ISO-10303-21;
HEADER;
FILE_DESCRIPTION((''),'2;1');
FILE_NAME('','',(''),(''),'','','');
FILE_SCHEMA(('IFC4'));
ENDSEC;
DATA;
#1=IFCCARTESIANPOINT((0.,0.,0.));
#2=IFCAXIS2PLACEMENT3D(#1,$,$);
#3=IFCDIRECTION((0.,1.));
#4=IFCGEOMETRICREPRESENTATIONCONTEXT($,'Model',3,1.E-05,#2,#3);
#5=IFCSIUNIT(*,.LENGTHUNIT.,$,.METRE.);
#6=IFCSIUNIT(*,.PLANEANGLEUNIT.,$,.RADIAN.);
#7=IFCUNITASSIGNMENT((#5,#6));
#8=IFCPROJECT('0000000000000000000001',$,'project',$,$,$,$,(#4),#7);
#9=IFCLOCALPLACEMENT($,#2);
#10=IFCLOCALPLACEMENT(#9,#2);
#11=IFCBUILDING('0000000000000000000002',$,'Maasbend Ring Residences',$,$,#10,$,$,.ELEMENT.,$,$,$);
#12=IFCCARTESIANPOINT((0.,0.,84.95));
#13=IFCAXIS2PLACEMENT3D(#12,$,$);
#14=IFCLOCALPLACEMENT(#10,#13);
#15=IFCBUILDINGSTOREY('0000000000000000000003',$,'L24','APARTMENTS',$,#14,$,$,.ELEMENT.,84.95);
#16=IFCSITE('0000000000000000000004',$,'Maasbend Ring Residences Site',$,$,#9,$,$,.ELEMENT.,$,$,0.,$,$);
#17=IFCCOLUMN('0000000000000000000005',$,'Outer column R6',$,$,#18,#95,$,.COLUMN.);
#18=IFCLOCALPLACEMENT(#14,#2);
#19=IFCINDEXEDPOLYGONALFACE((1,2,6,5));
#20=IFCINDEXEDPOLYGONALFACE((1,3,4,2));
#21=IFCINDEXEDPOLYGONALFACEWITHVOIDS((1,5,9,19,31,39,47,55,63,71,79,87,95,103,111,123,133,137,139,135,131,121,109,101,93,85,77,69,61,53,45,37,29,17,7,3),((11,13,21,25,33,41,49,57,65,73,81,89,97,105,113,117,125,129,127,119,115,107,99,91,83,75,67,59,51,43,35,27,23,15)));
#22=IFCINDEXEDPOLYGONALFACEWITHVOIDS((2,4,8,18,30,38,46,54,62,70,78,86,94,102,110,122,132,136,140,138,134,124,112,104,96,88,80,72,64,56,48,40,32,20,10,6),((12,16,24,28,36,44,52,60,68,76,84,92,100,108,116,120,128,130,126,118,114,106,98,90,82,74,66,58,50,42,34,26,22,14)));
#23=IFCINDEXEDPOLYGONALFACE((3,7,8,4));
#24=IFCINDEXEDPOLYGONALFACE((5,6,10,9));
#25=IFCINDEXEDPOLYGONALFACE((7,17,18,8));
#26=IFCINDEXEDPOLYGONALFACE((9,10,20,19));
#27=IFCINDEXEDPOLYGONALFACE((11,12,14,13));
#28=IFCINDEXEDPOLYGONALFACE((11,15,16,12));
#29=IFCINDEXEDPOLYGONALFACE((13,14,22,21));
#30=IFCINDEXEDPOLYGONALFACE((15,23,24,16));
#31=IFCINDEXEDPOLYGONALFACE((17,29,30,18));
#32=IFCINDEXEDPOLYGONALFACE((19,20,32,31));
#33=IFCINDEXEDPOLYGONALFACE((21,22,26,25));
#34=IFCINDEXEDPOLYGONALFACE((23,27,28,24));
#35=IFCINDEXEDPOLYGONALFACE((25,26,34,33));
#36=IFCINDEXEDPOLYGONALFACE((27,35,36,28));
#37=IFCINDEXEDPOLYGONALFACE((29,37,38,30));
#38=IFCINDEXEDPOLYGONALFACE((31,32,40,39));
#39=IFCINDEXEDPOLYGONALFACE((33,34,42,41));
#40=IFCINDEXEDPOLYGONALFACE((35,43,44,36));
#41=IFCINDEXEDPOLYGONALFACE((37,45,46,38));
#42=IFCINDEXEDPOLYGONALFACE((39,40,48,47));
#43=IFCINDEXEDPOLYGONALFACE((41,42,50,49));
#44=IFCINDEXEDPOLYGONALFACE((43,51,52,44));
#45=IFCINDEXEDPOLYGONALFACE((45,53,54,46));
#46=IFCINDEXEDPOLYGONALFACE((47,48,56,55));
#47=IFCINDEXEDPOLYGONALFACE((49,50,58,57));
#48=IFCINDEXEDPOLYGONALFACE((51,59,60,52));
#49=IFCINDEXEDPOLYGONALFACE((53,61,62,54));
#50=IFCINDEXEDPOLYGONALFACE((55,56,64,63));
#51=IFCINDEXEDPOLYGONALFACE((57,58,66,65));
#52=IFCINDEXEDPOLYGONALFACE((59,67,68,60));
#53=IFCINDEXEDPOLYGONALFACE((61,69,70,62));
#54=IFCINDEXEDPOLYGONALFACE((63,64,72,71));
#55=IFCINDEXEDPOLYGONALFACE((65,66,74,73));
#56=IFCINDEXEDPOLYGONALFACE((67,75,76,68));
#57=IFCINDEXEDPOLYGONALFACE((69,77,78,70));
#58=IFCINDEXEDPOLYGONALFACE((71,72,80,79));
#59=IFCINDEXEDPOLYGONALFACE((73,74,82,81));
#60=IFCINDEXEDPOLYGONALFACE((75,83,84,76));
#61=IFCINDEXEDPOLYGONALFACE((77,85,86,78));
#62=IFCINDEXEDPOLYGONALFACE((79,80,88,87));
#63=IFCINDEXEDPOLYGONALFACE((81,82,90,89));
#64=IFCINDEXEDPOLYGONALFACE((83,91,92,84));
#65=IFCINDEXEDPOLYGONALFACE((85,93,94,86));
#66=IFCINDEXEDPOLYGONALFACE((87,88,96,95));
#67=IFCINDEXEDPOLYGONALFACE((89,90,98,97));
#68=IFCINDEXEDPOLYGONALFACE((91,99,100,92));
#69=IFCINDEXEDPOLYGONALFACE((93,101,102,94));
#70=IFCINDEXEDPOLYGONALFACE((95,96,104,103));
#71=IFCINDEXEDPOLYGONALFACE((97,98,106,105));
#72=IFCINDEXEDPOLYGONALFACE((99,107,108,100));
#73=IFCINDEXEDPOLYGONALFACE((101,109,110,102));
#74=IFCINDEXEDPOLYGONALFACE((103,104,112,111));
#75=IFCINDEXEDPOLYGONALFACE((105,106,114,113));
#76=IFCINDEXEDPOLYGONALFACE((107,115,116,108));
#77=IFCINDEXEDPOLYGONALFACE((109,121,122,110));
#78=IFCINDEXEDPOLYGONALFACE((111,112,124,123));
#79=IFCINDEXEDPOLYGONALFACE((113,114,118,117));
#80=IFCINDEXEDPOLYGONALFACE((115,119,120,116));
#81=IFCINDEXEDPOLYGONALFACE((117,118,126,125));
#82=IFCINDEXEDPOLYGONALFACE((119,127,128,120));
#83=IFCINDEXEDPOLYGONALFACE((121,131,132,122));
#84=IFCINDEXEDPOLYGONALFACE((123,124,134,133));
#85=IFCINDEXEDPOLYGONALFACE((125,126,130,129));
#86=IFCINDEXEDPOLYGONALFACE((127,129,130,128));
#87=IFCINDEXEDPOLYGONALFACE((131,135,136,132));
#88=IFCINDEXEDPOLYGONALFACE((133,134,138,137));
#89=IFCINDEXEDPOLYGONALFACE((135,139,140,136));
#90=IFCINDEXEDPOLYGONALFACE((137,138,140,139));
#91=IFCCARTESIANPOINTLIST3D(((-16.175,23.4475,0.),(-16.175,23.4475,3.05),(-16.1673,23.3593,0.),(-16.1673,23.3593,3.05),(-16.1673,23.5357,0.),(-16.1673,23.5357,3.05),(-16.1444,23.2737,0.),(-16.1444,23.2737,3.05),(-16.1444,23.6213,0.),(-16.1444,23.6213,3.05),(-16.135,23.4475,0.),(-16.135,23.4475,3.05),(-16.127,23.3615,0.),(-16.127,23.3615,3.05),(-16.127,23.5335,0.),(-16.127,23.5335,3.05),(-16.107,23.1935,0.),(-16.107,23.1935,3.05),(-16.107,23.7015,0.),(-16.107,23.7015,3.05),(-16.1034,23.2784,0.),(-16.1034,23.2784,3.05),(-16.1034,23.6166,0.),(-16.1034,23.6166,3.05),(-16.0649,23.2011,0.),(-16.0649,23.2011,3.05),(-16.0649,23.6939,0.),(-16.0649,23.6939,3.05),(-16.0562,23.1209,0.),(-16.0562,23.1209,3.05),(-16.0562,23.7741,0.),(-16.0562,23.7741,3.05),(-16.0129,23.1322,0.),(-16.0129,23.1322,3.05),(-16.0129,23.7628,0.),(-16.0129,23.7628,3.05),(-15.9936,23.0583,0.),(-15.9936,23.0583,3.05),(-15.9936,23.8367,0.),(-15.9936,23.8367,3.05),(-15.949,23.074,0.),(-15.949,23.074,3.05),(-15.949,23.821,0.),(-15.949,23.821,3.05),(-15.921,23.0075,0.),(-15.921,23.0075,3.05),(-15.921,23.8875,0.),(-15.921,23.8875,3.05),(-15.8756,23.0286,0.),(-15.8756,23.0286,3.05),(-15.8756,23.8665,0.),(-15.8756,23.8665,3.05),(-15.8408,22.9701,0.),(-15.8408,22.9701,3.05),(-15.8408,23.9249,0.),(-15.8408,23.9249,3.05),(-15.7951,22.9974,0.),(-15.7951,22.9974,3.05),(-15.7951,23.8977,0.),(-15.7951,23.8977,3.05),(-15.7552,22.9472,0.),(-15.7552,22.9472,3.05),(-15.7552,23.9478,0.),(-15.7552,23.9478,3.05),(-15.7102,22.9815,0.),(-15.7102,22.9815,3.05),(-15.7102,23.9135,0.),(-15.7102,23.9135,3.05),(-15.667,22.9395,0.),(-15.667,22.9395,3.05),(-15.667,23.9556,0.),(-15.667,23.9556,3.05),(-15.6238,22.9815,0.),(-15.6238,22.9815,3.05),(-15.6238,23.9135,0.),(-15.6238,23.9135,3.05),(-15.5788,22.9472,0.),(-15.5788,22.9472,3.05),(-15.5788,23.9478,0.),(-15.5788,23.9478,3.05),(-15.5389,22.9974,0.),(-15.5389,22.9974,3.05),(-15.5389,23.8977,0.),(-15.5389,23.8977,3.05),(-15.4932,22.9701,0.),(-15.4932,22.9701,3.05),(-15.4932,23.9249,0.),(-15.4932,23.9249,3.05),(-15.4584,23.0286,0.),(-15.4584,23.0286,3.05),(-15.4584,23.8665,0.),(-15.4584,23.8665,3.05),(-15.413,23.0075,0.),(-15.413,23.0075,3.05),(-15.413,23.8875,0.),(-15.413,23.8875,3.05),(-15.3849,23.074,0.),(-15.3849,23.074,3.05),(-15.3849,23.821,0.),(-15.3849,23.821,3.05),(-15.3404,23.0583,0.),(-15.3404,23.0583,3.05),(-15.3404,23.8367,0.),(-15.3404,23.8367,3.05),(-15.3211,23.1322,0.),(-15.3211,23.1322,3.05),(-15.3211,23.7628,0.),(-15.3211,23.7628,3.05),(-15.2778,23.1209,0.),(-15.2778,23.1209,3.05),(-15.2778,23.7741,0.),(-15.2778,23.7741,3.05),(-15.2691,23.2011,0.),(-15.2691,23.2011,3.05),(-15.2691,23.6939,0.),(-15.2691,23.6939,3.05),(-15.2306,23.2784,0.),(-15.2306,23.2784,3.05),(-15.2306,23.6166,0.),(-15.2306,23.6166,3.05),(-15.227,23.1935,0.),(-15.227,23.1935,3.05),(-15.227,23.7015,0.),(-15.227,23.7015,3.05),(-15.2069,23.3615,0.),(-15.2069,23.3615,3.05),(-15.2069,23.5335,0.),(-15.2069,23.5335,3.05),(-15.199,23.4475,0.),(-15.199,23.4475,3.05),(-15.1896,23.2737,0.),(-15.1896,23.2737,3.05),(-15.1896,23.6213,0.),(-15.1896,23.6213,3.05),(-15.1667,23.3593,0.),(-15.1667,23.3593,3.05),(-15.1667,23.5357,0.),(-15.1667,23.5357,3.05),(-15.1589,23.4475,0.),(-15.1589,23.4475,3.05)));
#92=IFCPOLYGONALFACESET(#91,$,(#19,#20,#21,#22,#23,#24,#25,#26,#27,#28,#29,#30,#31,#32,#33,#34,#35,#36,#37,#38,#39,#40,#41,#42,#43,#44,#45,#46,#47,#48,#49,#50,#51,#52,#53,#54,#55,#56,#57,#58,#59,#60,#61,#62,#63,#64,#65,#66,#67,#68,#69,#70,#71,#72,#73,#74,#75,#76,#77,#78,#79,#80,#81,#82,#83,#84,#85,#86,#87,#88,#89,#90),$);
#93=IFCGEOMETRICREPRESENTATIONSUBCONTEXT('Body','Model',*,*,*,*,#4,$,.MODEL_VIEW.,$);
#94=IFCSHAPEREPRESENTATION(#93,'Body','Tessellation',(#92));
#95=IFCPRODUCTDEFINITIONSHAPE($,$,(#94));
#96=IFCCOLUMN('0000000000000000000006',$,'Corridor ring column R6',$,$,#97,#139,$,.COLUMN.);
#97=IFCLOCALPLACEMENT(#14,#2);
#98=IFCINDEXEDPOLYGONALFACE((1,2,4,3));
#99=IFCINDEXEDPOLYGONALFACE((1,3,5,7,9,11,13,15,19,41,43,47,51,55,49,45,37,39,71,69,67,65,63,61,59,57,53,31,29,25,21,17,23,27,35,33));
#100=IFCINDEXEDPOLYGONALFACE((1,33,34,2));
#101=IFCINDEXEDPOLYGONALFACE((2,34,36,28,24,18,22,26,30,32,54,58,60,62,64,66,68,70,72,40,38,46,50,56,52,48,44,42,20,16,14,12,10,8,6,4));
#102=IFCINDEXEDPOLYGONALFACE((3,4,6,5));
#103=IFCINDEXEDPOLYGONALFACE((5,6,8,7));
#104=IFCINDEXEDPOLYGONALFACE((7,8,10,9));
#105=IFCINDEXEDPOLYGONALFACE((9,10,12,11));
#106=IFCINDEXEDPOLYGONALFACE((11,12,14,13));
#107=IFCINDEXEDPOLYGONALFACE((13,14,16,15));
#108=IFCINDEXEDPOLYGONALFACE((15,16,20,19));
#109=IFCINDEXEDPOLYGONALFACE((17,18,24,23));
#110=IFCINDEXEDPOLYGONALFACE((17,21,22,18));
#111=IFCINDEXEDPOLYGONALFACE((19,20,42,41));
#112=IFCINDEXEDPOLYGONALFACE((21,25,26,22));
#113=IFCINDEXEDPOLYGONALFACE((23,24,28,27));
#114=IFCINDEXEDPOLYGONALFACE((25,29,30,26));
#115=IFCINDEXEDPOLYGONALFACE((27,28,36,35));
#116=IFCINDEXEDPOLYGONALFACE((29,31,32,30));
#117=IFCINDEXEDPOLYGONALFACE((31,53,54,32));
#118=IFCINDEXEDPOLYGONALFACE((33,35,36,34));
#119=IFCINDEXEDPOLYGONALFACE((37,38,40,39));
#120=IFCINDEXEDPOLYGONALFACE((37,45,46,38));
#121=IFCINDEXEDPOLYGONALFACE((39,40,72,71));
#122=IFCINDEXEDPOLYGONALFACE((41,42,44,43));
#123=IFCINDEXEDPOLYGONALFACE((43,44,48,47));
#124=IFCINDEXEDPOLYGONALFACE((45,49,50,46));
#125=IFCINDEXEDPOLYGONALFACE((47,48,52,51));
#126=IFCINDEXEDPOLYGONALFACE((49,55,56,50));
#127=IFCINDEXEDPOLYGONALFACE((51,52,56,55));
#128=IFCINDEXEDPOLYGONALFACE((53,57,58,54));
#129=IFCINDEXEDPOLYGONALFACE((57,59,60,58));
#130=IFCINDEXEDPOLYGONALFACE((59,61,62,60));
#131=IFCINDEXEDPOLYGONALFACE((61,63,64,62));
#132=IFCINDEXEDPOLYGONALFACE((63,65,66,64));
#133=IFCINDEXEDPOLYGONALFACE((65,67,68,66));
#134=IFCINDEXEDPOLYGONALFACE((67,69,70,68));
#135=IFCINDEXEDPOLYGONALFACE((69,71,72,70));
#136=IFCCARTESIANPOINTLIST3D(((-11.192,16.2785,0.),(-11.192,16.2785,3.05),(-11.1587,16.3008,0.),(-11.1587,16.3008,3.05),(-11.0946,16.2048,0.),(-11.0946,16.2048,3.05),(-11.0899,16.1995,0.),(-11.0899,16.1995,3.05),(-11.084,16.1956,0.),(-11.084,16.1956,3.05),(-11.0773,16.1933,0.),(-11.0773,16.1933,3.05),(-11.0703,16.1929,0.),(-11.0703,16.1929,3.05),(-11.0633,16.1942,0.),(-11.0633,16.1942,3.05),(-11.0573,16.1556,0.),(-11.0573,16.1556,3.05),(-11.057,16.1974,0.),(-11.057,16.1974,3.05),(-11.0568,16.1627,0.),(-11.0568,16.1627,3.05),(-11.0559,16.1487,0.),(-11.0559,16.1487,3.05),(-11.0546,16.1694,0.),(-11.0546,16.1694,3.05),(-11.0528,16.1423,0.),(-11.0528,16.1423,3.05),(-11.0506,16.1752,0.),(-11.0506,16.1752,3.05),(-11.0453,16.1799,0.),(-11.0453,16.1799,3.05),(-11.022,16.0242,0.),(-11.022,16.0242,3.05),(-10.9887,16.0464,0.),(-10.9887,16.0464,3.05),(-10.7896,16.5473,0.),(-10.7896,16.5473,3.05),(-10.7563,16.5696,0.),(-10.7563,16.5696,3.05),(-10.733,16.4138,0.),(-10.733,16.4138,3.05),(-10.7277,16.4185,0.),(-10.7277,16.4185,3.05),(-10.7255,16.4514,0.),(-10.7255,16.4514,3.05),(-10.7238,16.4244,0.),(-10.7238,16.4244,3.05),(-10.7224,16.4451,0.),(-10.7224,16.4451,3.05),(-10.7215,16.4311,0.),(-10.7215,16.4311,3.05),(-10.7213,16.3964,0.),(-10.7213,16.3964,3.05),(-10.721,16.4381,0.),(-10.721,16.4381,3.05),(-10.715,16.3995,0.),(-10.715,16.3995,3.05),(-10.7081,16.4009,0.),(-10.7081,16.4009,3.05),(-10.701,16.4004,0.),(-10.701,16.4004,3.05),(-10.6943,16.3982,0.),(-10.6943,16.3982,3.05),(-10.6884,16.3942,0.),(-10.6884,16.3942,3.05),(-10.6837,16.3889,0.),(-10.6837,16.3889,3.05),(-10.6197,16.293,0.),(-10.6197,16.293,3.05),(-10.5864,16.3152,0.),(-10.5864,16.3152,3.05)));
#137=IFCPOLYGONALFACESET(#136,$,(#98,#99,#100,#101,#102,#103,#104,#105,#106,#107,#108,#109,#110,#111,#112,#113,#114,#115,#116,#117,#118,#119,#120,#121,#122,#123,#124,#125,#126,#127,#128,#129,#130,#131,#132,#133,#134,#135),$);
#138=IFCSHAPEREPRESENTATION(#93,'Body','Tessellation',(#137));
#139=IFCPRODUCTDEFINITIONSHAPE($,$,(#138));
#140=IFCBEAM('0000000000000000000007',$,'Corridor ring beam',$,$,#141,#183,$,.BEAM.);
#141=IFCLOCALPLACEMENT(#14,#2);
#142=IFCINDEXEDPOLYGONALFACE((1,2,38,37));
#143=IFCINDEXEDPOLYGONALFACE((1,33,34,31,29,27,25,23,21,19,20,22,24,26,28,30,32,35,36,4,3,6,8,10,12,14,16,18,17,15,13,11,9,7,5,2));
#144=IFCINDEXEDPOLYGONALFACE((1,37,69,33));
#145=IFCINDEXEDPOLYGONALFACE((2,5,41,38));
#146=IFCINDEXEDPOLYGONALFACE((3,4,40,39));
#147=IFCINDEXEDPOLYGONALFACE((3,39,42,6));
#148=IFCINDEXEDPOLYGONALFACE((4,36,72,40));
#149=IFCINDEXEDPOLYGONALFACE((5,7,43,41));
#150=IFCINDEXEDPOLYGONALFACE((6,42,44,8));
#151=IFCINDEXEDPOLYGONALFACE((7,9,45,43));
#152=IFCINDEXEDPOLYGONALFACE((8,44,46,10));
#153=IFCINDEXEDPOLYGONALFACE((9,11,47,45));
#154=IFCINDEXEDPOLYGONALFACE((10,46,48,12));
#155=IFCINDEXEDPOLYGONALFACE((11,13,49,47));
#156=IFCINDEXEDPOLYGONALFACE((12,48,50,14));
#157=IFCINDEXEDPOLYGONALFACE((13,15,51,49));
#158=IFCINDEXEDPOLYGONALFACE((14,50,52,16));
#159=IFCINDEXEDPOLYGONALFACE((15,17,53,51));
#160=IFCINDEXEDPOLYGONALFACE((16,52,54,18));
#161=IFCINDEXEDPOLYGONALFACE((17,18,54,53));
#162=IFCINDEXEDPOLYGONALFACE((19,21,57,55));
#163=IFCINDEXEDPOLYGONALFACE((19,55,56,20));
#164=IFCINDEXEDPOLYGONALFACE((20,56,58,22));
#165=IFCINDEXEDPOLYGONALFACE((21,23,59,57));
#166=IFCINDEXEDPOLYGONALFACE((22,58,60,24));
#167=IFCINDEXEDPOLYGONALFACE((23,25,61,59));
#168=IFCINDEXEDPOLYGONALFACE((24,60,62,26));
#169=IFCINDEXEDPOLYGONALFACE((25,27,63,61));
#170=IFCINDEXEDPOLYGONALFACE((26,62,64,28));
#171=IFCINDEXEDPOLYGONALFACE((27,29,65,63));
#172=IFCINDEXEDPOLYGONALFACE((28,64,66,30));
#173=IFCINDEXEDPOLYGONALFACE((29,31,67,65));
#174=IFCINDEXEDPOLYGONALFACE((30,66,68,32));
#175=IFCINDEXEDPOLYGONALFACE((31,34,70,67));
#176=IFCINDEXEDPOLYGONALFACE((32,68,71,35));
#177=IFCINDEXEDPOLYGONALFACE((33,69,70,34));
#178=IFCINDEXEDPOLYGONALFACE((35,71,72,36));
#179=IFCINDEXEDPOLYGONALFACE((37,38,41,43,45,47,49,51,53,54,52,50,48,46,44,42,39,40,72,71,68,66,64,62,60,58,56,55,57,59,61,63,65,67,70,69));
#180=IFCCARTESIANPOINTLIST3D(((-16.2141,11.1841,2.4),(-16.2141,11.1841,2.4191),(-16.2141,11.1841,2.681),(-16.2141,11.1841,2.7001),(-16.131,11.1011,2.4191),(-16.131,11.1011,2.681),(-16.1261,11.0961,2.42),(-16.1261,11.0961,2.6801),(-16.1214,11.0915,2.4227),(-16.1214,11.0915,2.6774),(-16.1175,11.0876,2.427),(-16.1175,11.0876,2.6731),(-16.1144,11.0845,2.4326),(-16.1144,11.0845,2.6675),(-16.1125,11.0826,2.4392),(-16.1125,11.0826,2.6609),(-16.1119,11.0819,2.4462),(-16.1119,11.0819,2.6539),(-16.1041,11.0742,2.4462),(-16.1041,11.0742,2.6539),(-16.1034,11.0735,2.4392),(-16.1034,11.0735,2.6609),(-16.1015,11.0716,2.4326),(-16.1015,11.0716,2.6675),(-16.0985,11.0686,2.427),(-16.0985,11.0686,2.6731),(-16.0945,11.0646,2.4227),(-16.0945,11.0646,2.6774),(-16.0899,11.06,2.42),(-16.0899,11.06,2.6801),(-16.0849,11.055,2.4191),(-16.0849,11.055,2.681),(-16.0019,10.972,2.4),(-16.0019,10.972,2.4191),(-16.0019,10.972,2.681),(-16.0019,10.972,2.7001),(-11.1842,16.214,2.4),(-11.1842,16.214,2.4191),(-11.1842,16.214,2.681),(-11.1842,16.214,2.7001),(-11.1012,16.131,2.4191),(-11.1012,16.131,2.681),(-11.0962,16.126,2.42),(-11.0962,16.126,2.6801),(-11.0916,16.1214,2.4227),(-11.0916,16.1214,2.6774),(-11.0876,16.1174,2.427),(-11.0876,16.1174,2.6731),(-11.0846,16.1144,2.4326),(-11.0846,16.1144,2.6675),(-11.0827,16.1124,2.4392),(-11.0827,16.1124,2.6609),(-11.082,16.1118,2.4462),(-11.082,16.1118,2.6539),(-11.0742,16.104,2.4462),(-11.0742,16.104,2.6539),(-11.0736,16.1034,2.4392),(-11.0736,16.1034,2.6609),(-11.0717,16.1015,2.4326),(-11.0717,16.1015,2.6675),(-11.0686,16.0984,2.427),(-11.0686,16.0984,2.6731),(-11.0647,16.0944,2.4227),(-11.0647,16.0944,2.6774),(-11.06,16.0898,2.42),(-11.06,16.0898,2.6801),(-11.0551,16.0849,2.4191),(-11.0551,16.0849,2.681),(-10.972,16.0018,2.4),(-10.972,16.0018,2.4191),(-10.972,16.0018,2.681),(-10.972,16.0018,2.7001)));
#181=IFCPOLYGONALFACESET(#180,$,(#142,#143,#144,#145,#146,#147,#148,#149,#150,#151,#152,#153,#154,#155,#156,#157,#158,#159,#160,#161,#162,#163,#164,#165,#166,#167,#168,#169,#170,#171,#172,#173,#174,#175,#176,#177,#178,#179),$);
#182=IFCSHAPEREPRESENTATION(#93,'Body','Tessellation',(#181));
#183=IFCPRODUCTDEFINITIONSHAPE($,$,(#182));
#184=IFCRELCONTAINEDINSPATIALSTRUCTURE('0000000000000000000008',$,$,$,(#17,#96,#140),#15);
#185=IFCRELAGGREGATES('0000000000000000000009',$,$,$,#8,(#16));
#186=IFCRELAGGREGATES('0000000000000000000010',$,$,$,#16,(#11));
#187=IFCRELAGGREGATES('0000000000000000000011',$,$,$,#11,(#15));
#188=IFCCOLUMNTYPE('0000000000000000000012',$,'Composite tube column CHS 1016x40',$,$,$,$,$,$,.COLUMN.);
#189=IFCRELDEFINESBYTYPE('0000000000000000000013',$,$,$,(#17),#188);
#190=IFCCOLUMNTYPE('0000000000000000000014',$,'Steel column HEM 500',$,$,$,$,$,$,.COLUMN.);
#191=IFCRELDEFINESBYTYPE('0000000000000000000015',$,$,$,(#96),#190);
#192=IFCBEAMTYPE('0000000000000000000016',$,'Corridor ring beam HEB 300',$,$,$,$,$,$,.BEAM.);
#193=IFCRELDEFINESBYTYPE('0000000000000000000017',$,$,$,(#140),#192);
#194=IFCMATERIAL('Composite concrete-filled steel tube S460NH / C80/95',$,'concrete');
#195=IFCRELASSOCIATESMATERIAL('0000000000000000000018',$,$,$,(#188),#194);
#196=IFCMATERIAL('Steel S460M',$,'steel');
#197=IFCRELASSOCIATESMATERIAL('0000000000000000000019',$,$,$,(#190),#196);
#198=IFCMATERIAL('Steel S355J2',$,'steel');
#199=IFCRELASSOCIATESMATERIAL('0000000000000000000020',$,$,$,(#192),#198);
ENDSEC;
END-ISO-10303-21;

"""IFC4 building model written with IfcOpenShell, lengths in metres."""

from ifc_helpers import new_model, si_unit, direction, frame, origin, origin_2d, place, context, subcontext, project, spatial, hollow_circle, i_section, extrude, material, material_profile, profile_set, type_object, element, save


model = new_model("IFC4")

# Units and contexts
model_context = context("Model", 3, precision=1e-05, world=origin(), true_north=direction((0.0, 1.0)))
body_context = subcontext(model_context, "Body", "Model", "MODEL_VIEW")
ifc_project = project(units=[si_unit("LENGTHUNIT", "METRE"), si_unit("PLANEANGLEUNIT", "RADIAN")], contexts=[model_context])

# Site, building, storey
site_placement = place(None, origin())
site = spatial("IfcSite", under=ifc_project, at=site_placement, Name="Maasbend Ring Residences Site", CompositionType="ELEMENT", RefElevation=0.0)
building_placement = place(site_placement, origin())
building = spatial("IfcBuilding", under=site, at=building_placement, Name="Maasbend Ring Residences", CompositionType="ELEMENT")
storey_placement = place(building_placement, frame((0.0, 0.0, 84.95)))
storey = spatial("IfcBuildingStorey", under=building, at=storey_placement, Name="L24", Description="APARTMENTS", CompositionType="ELEMENT", Elevation=84.95)

# Columns
ifc_material_1 = material(Name="Composite concrete-filled steel tube S460NH / C80/95", Category="concrete")
ifc_material_profile_1 = material_profile(ifc_material_1, hollow_circle(Radius=0.5081, WallThickness=0.04, at=origin_2d()), Name="Composite tube column CHS 1016x40")
ifc_profile_set_1 = profile_set([ifc_material_profile_1], Name="Composite concrete-filled steel tube S460NH / C80/95")
column_type_1 = type_object("IfcColumnType", Name="Composite tube column CHS 1016x40", PredefinedType="COLUMN", material=ifc_profile_set_1)
column_1_placement = place(storey_placement, frame((-15.667, 23.4475, 0.0), z_axis=(0.0, 0.0, 1.0), x_axis=(1.0, 0.0, 0.0)))
element("IfcColumn", 1, at=column_1_placement, inside=storey, type_object=column_type_1, Name="Outer column R6", PredefinedType="COLUMN", context=body_context, shape_type="SweptSolid", body=[
    extrude(hollow_circle(Radius=0.5081, WallThickness=0.04, at=origin_2d()), origin(), (0.0, 0.0, 1.0), 3.05),
])
ifc_material_2 = material(Name="Steel S460M", Category="steel")
ifc_material_profile_2 = material_profile(ifc_material_2, i_section(OverallWidth=0.3059, OverallDepth=0.5239, WebThickness=0.021, FlangeThickness=0.04, FilletRadius=0.0271, at=origin_2d()), Name="HEM 500")
ifc_profile_set_2 = profile_set([ifc_material_profile_2], Name="Steel S460M")
column_type_2 = type_object("IfcColumnType", Name="Steel column HEM 500", PredefinedType="COLUMN", material=ifc_profile_set_2)
column_2_placement = place(storey_placement, frame((-10.8892, 16.2969, 0.0), z_axis=(0.0, 0.0, 1.0), x_axis=(-0.55557, 0.83147, 0.0)))
element("IfcColumn", 2, at=column_2_placement, inside=storey, type_object=column_type_2, Name="Corridor ring column R6", PredefinedType="COLUMN", context=body_context, shape_type="SweptSolid", body=[
    extrude(i_section(OverallWidth=0.3059, OverallDepth=0.5239, WebThickness=0.021, FlangeThickness=0.04, FilletRadius=0.0271, at=origin_2d()), origin(), (0.0, 0.0, 1.0), 3.05),
])

# Beam
ifc_material_3 = material(Name="Steel S355J2", Category="steel")
ifc_material_profile_3 = material_profile(ifc_material_3, i_section(OverallWidth=0.3, OverallDepth=0.3, WebThickness=0.011, FlangeThickness=0.019, FilletRadius=0.0271, at=origin_2d()), Name="HEB 300")
ifc_profile_set_3 = profile_set([ifc_material_profile_3], Name="Steel S355J2")
beam_type_1 = type_object("IfcBeamType", Name="Corridor ring beam HEB 300", PredefinedType="BEAM", material=ifc_profile_set_3)
beam_1_placement = place(storey_placement, frame((-11.0781, 16.1079, 2.55), z_axis=(-0.707107, -0.707107, 0.0), x_axis=(0.707107, -0.707107, 0.0)))
element("IfcBeam", 3, at=beam_1_placement, inside=storey, type_object=beam_type_1, Name="Corridor ring beam", PredefinedType="BEAM", context=body_context, shape_type="SweptSolid", body=[
    extrude(i_section(OverallWidth=0.3, OverallDepth=0.3, WebThickness=0.011, FlangeThickness=0.019, FilletRadius=0.0271, at=origin_2d()), origin(), (0.0, 0.0, 1.0), 7.1133),
])

save(model, "model.ifc")
